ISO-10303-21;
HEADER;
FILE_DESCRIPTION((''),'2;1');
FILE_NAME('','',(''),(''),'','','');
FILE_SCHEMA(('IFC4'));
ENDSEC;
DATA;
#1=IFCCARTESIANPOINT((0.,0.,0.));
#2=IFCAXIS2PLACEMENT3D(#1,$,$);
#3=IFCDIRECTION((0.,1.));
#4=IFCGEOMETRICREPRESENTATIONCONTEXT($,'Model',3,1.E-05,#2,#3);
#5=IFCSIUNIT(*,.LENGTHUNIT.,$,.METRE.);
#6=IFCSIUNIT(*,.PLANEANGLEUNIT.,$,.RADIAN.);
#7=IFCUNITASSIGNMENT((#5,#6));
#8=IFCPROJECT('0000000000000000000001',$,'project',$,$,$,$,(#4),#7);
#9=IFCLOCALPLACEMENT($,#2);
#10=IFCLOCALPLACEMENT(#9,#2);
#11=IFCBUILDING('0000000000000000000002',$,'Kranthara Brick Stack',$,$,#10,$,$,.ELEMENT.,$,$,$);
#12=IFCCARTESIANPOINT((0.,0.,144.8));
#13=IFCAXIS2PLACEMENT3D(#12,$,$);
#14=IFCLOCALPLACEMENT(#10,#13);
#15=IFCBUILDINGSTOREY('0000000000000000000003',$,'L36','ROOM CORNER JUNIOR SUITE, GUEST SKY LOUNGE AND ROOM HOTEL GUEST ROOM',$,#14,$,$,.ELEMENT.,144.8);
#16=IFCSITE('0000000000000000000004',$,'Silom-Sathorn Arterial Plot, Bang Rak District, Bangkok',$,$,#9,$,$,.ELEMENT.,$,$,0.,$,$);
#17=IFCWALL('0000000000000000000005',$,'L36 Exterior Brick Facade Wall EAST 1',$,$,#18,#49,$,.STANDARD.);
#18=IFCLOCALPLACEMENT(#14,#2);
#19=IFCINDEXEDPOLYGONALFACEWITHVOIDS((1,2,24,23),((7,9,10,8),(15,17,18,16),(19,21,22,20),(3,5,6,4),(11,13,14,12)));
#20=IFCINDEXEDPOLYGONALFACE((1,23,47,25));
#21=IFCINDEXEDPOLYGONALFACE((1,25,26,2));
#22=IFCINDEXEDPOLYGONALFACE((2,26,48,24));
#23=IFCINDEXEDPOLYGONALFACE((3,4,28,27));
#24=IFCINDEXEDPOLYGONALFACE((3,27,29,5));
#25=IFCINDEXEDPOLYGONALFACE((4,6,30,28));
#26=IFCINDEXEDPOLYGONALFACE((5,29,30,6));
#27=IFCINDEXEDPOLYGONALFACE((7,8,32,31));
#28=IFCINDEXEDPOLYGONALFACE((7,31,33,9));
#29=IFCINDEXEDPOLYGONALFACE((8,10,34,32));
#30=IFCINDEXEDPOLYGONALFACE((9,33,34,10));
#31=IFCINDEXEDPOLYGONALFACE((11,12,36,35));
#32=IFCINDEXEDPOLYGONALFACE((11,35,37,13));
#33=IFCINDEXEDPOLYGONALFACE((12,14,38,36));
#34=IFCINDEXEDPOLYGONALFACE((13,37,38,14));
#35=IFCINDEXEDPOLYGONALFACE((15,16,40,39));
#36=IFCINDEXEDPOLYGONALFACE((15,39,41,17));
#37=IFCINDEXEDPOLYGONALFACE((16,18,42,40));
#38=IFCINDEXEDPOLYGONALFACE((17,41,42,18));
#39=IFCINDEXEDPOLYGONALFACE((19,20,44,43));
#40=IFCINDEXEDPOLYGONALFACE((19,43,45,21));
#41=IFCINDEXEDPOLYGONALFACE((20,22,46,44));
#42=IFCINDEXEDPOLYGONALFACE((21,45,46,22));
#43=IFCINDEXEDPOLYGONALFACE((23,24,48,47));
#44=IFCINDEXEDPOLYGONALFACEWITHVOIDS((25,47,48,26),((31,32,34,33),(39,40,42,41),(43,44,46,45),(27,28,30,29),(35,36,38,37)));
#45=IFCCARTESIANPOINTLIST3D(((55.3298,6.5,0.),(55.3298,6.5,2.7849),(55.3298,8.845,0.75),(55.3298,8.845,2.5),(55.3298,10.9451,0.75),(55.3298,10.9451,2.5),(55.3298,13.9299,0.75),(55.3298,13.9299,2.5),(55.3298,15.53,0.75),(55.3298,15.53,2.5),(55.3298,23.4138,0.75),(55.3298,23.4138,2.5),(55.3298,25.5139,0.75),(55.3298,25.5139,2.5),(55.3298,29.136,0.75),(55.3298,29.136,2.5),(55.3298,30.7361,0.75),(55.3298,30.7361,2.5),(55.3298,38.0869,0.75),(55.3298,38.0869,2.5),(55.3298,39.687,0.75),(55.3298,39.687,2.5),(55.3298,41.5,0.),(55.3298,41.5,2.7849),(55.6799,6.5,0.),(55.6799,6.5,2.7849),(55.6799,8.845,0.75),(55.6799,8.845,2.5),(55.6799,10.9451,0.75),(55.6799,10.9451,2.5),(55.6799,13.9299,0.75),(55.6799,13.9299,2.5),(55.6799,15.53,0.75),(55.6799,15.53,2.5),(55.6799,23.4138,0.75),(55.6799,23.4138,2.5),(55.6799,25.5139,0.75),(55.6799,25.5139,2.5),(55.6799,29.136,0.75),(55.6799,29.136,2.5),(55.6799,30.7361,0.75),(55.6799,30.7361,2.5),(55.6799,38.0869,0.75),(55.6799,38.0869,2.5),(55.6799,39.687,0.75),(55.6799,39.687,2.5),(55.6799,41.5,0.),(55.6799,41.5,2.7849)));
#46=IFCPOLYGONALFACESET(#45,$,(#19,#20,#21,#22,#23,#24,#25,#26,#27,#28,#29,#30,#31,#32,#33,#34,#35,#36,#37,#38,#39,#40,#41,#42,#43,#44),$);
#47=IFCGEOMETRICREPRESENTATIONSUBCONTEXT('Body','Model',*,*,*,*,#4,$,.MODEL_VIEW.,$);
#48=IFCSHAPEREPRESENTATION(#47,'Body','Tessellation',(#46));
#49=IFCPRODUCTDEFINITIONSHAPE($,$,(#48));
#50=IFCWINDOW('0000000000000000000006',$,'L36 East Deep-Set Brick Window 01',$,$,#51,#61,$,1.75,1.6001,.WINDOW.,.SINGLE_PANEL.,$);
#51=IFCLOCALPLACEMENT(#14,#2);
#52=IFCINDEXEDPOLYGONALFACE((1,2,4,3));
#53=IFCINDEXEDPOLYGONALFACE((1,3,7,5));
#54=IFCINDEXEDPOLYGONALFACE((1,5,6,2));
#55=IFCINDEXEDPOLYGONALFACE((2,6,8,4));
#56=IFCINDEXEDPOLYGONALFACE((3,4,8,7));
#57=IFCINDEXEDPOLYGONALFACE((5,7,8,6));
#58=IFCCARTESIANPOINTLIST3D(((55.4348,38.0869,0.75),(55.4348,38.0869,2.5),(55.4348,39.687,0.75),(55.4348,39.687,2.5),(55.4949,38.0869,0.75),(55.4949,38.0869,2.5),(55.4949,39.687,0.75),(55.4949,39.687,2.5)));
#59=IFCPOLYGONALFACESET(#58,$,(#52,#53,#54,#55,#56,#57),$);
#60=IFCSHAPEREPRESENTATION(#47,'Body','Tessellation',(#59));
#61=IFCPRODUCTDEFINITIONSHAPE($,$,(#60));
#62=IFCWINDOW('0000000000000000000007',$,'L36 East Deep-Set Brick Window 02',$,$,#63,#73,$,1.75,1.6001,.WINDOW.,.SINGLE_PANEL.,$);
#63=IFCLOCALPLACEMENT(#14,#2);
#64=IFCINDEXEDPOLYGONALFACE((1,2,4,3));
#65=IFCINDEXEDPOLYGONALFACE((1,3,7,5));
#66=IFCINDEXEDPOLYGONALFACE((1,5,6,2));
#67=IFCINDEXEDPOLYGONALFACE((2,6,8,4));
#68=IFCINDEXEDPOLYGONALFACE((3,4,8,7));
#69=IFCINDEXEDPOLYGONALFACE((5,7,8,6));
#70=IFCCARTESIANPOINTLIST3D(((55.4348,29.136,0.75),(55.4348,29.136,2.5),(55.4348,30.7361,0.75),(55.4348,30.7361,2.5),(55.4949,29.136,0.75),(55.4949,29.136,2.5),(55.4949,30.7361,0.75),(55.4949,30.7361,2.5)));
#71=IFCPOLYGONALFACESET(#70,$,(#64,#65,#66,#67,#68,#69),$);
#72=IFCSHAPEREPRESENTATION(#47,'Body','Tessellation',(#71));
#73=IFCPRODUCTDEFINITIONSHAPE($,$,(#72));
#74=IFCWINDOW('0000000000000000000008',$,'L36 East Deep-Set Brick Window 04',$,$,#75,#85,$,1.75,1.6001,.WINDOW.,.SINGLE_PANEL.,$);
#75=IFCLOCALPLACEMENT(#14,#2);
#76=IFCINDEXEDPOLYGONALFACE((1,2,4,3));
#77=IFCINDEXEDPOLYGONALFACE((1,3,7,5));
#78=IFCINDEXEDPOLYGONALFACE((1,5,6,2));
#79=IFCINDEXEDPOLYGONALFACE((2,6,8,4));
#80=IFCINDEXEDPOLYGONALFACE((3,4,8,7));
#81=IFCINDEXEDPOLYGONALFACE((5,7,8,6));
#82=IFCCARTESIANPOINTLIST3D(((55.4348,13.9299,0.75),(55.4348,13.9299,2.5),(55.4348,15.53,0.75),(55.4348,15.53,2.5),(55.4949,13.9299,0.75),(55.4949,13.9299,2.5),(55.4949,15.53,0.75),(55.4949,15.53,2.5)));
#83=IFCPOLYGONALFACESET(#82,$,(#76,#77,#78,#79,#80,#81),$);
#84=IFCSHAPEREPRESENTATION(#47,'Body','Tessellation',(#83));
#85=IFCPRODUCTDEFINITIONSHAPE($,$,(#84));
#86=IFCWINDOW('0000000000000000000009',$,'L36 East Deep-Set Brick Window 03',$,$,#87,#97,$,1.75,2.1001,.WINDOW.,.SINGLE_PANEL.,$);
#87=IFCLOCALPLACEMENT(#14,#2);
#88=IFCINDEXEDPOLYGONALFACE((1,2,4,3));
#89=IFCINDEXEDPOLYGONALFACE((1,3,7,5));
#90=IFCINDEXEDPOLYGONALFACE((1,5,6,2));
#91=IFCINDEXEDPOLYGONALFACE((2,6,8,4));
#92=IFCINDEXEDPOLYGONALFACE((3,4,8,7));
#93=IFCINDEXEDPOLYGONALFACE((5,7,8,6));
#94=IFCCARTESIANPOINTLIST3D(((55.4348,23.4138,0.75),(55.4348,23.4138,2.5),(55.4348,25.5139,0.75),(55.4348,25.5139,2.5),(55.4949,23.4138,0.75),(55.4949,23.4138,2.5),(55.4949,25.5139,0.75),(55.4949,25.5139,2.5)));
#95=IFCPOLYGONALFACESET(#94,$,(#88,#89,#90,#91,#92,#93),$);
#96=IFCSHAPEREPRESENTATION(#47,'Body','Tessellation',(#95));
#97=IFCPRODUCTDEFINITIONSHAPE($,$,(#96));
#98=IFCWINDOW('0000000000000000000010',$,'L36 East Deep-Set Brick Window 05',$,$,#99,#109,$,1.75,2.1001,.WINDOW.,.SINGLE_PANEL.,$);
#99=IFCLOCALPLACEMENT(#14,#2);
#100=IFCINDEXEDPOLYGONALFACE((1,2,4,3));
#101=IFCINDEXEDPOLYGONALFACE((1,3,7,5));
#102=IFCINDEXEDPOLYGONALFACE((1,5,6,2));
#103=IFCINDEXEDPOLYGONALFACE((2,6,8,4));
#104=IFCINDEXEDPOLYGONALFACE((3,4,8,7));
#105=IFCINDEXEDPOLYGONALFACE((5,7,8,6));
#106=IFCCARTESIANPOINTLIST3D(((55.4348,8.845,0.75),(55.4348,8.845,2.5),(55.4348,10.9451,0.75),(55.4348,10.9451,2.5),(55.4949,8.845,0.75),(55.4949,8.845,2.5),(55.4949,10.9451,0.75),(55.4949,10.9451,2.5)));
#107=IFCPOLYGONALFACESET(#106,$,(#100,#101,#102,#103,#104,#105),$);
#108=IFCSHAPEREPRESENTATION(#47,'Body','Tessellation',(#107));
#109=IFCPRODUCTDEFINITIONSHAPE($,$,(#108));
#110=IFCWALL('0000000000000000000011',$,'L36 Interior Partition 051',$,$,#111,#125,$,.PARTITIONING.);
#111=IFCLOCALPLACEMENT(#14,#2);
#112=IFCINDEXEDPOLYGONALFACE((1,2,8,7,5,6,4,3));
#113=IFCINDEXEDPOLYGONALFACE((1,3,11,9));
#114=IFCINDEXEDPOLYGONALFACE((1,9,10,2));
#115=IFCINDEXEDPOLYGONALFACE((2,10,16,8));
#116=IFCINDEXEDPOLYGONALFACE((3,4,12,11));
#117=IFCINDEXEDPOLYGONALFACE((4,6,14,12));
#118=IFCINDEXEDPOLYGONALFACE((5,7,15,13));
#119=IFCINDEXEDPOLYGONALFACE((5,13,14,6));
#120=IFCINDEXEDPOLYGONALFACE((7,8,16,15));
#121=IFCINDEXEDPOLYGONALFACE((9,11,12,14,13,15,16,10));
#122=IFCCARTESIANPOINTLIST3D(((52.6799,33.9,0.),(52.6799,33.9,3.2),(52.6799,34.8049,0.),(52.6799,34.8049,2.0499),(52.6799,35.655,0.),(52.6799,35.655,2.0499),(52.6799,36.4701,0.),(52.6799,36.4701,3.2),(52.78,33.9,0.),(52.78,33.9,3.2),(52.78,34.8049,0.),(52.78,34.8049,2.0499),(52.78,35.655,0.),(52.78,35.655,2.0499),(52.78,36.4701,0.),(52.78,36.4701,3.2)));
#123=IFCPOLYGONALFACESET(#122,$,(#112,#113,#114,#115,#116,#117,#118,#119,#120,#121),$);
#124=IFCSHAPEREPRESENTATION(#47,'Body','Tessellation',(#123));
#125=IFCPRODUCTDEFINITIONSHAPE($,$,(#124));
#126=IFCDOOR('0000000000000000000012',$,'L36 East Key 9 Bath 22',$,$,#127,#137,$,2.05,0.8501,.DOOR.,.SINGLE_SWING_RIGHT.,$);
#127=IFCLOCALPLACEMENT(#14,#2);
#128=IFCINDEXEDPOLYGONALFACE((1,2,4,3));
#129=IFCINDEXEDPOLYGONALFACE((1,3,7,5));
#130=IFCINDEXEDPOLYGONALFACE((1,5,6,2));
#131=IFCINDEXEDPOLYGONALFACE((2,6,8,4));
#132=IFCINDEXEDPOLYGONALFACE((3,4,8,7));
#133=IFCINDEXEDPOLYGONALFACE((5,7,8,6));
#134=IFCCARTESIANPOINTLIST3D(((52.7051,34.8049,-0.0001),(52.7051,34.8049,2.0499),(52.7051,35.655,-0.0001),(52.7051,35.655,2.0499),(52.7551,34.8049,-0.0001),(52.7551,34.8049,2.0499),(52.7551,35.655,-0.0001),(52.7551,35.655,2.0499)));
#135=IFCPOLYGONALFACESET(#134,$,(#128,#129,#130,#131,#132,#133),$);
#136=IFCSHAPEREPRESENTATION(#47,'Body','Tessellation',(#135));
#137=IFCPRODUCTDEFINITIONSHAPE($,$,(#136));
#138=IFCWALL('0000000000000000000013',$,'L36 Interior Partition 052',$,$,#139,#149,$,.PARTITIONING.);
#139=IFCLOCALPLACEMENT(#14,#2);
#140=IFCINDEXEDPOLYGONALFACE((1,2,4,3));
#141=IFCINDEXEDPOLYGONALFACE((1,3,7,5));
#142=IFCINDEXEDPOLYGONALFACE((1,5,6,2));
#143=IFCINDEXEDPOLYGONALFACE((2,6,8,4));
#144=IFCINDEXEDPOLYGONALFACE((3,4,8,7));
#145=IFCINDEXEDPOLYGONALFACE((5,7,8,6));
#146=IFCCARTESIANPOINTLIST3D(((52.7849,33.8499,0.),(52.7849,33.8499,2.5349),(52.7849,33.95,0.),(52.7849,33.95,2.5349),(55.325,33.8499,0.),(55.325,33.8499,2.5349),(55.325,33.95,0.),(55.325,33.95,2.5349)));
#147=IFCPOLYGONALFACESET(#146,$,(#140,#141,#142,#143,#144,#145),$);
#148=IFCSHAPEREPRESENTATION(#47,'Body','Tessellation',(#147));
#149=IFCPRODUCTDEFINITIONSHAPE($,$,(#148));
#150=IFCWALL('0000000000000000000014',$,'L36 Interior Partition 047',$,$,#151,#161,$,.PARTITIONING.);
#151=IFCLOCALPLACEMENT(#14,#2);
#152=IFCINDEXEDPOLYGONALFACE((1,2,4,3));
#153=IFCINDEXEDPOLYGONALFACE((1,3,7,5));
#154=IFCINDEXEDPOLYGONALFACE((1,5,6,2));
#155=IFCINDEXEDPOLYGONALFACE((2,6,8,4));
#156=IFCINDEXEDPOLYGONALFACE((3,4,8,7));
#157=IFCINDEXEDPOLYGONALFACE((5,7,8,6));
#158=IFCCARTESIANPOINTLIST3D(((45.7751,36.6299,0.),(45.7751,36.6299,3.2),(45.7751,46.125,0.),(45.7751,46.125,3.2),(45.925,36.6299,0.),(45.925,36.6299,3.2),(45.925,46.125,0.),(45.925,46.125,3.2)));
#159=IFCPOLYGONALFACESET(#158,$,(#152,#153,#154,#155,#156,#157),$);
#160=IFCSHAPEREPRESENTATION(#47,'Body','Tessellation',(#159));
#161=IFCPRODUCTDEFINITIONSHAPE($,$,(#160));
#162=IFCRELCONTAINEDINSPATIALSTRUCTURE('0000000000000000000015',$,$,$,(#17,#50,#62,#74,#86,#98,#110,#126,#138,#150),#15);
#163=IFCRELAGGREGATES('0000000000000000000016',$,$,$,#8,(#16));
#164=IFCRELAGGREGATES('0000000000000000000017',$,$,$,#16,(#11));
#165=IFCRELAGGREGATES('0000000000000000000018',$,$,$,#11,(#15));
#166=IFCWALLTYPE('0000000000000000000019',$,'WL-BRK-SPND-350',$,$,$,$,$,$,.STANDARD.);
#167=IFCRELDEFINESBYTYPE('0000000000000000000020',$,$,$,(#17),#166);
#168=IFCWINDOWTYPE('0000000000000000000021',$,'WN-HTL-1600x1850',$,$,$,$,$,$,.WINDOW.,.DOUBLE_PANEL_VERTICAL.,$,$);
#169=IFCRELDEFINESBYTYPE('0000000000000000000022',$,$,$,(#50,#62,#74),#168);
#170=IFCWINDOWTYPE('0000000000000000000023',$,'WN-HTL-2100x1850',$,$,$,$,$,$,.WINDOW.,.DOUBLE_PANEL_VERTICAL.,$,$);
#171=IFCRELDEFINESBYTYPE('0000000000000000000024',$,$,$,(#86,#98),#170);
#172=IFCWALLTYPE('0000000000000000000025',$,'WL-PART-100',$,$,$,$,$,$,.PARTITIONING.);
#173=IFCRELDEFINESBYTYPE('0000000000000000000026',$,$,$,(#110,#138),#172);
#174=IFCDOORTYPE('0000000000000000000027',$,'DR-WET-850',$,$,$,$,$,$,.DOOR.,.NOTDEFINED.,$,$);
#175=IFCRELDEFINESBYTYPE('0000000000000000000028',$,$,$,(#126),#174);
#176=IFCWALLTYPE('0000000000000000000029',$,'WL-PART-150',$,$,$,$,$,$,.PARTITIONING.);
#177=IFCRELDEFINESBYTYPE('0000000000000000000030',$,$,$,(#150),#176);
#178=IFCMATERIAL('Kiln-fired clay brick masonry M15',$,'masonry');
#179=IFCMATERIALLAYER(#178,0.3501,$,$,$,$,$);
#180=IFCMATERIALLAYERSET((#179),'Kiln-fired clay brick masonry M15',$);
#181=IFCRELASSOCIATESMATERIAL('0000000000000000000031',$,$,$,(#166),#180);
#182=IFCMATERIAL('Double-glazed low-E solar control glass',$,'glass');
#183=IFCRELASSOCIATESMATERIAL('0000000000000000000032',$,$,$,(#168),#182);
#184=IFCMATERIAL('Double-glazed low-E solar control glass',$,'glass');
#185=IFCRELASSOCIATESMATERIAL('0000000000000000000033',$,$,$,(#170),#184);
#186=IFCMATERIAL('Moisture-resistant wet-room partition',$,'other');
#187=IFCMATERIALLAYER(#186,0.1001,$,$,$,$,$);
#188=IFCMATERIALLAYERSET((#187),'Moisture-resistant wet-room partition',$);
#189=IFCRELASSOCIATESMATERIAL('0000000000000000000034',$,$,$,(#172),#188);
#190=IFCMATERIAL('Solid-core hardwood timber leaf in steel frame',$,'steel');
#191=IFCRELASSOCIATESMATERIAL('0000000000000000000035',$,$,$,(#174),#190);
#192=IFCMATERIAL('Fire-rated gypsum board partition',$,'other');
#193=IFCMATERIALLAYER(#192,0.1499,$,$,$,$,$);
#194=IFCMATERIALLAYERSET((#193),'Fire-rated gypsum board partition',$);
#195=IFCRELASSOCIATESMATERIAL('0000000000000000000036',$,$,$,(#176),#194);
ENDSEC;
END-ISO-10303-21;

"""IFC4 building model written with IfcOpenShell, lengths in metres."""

from ifc_helpers import new_model, si_unit, direction, frame, frame_2d, origin, place, context, subcontext, project, spatial, rectangle, extrude, material, layer, layer_set, type_object, element, fill, save


model = new_model("IFC4")

# Units and contexts
model_context = context("Model", 3, precision=1e-05, world=origin(), true_north=direction((0.0, 1.0)))
body_context = subcontext(model_context, "Body", "Model", "MODEL_VIEW")
ifc_project = project(units=[si_unit("LENGTHUNIT", "METRE"), si_unit("PLANEANGLEUNIT", "RADIAN")], contexts=[model_context])

# Site, building, storey
site_placement = place(None, origin())
site = spatial("IfcSite", under=ifc_project, at=site_placement, Name="Silom-Sathorn Arterial Plot, Bang Rak District, Bangkok", CompositionType="ELEMENT", RefElevation=0.0)
building_placement = place(site_placement, origin())
building = spatial("IfcBuilding", under=site, at=building_placement, Name="Kranthara Brick Stack", CompositionType="ELEMENT")
storey_placement = place(building_placement, frame((0.0, 0.0, 144.8)))
storey = spatial("IfcBuildingStorey", under=building, at=storey_placement, Name="L36", Description="ROOM CORNER JUNIOR SUITE, GUEST SKY LOUNGE AND ROOM HOTEL GUEST ROOM", CompositionType="ELEMENT", Elevation=144.8)

# Shared definitions
ifc_material_1 = material(Name="Kiln-fired clay brick masonry M15", Category="masonry")
ifc_layer_1 = layer(ifc_material_1, 0.3501)
ifc_layer_set_1 = layer_set([ifc_layer_1], Name="Kiln-fired clay brick masonry M15")
wall_type_1 = type_object("IfcWallType", Name="WL-BRK-SPND-350", PredefinedType="STANDARD", material=ifc_layer_set_1)

# Wall, openings, windows
wall_1_placement = place(storey_placement, frame((55.5049, 41.5, 0.0), z_axis=(0.0, 0.0, 1.0), x_axis=(0.0, -1.0, 0.0)))
wall_1 = element("IfcWall", 1, at=wall_1_placement, inside=storey, type_object=wall_type_1, Name="L36 Exterior Brick Facade Wall EAST 1", PredefinedType="STANDARD", context=body_context, shape_type="SweptSolid", body=[
    extrude(rectangle(XDim=35.0, YDim=0.3501, at=frame_2d((17.5, 0.0))), origin(), (0.0, 0.0, 1.0), 2.7849),
])
opening_1_placement = place(wall_1_placement, frame((1.813, 0.0, 0.75)))
opening_1 = element("IfcOpeningElement", 2, at=opening_1_placement, cuts=wall_1, PredefinedType="OPENING", context=body_context, shape_type="SweptSolid", body=[
    extrude(rectangle(XDim=1.6001, YDim=1.75, at=frame_2d((0.8, 0.875))), frame((0.0, 0.1851, 0.0), z_axis=(0.0, -1.0, 0.0), x_axis=(1.0, 0.0, 0.0)), (0.0, 0.0, 1.0), 0.3701),
])
opening_2_placement = place(wall_1_placement, frame((10.7639, 0.0, 0.75)))
opening_2 = element("IfcOpeningElement", 3, at=opening_2_placement, cuts=wall_1, PredefinedType="OPENING", context=body_context, shape_type="SweptSolid", body=[
    extrude(rectangle(XDim=1.6001, YDim=1.75, at=frame_2d((0.8, 0.875))), frame((0.0, 0.1851, 0.0), z_axis=(0.0, -1.0, 0.0), x_axis=(1.0, 0.0, 0.0)), (0.0, 0.0, 1.0), 0.3701),
])
opening_3_placement = place(wall_1_placement, frame((15.9861, 0.0, 0.75)))
opening_3 = element("IfcOpeningElement", 4, at=opening_3_placement, cuts=wall_1, PredefinedType="OPENING", context=body_context, shape_type="SweptSolid", body=[
    extrude(rectangle(XDim=2.1001, YDim=1.75, at=frame_2d((1.05, 0.875))), frame((0.0, 0.1851, 0.0), z_axis=(0.0, -1.0, 0.0), x_axis=(1.0, 0.0, 0.0)), (0.0, 0.0, 1.0), 0.3701),
])
opening_4_placement = place(wall_1_placement, frame((25.97, 0.0, 0.75)))
opening_4 = element("IfcOpeningElement", 5, at=opening_4_placement, cuts=wall_1, PredefinedType="OPENING", context=body_context, shape_type="SweptSolid", body=[
    extrude(rectangle(XDim=1.6001, YDim=1.75, at=frame_2d((0.8, 0.875))), frame((0.0, 0.1851, 0.0), z_axis=(0.0, -1.0, 0.0), x_axis=(1.0, 0.0, 0.0)), (0.0, 0.0, 1.0), 0.3701),
])
opening_5_placement = place(wall_1_placement, frame((30.5549, 0.0, 0.75)))
opening_5 = element("IfcOpeningElement", 6, at=opening_5_placement, cuts=wall_1, PredefinedType="OPENING", context=body_context, shape_type="SweptSolid", body=[
    extrude(rectangle(XDim=2.1001, YDim=1.75, at=frame_2d((1.05, 0.875))), frame((0.0, 0.1851, 0.0), z_axis=(0.0, -1.0, 0.0), x_axis=(1.0, 0.0, 0.0)), (0.0, 0.0, 1.0), 0.3701),
])
ifc_material_2 = material(Name="Double-glazed low-E solar control glass", Category="glass")
window_type_1 = type_object("IfcWindowType", Name="WN-HTL-1600x1850", PartitioningType="DOUBLE_PANEL_VERTICAL", PredefinedType="WINDOW", material=ifc_material_2)
window_1_placement = place(opening_1_placement, origin())
window_1 = element("IfcWindow", 7, at=window_1_placement, inside=storey, type_object=window_type_1, Name="L36 East Deep-Set Brick Window 01", OverallHeight=1.75, OverallWidth=1.6001, PartitioningType="SINGLE_PANEL", PredefinedType="WINDOW", context=body_context, shape_type="SweptSolid", body=[
    extrude(rectangle(XDim=1.6001, YDim=1.75, at=frame_2d((0.8, 0.875))), frame((0.0, -0.01, 0.0), z_axis=(0.0, -1.0, 0.0), x_axis=(1.0, 0.0, 0.0)), (0.0, 0.0, 1.0), 0.0601),
])
fill(opening_1, window_1)
window_2_placement = place(opening_2_placement, origin())
window_2 = element("IfcWindow", 8, at=window_2_placement, inside=storey, type_object=window_type_1, Name="L36 East Deep-Set Brick Window 02", OverallHeight=1.75, OverallWidth=1.6001, PartitioningType="SINGLE_PANEL", PredefinedType="WINDOW", context=body_context, shape_type="SweptSolid", body=[
    extrude(rectangle(XDim=1.6001, YDim=1.75, at=frame_2d((0.8, 0.875))), frame((0.0, -0.01, 0.0), z_axis=(0.0, -1.0, 0.0), x_axis=(1.0, 0.0, 0.0)), (0.0, 0.0, 1.0), 0.0601),
])
fill(opening_2, window_2)
window_3_placement = place(opening_4_placement, origin())
window_3 = element("IfcWindow", 9, at=window_3_placement, inside=storey, type_object=window_type_1, Name="L36 East Deep-Set Brick Window 04", OverallHeight=1.75, OverallWidth=1.6001, PartitioningType="SINGLE_PANEL", PredefinedType="WINDOW", context=body_context, shape_type="SweptSolid", body=[
    extrude(rectangle(XDim=1.6001, YDim=1.75, at=frame_2d((0.8, 0.875))), frame((0.0, -0.01, 0.0), z_axis=(0.0, -1.0, 0.0), x_axis=(1.0, 0.0, 0.0)), (0.0, 0.0, 1.0), 0.0601),
])
fill(opening_4, window_3)
ifc_material_3 = material(Name="Double-glazed low-E solar control glass", Category="glass")
window_type_2 = type_object("IfcWindowType", Name="WN-HTL-2100x1850", PartitioningType="DOUBLE_PANEL_VERTICAL", PredefinedType="WINDOW", material=ifc_material_3)
window_4_placement = place(opening_3_placement, origin())
window_4 = element("IfcWindow", 10, at=window_4_placement, inside=storey, type_object=window_type_2, Name="L36 East Deep-Set Brick Window 03", OverallHeight=1.75, OverallWidth=2.1001, PartitioningType="SINGLE_PANEL", PredefinedType="WINDOW", context=body_context, shape_type="SweptSolid", body=[
    extrude(rectangle(XDim=2.1001, YDim=1.75, at=frame_2d((1.05, 0.875))), frame((0.0, -0.01, 0.0), z_axis=(0.0, -1.0, 0.0), x_axis=(1.0, 0.0, 0.0)), (0.0, 0.0, 1.0), 0.0601),
])
fill(opening_3, window_4)
window_5_placement = place(opening_5_placement, origin())
window_5 = element("IfcWindow", 11, at=window_5_placement, inside=storey, type_object=window_type_2, Name="L36 East Deep-Set Brick Window 05", OverallHeight=1.75, OverallWidth=2.1001, PartitioningType="SINGLE_PANEL", PredefinedType="WINDOW", context=body_context, shape_type="SweptSolid", body=[
    extrude(rectangle(XDim=2.1001, YDim=1.75, at=frame_2d((1.05, 0.875))), frame((0.0, -0.01, 0.0), z_axis=(0.0, -1.0, 0.0), x_axis=(1.0, 0.0, 0.0)), (0.0, 0.0, 1.0), 0.0601),
])
fill(opening_5, window_5)

# Wall, opening, door
ifc_material_4 = material(Name="Moisture-resistant wet-room partition", Category="other")
ifc_layer_2 = layer(ifc_material_4, 0.1001)
ifc_layer_set_2 = layer_set([ifc_layer_2], Name="Moisture-resistant wet-room partition")
wall_type_2 = type_object("IfcWallType", Name="WL-PART-100", PredefinedType="PARTITIONING", material=ifc_layer_set_2)
wall_2_placement = place(storey_placement, frame((52.73, 33.8999, 0.0), z_axis=(0.0, 0.0, 1.0), x_axis=(0.0, 1.0, 0.0)))
wall_2 = element("IfcWall", 12, at=wall_2_placement, inside=storey, type_object=wall_type_2, Name="L36 Interior Partition 051", PredefinedType="PARTITIONING", context=body_context, shape_type="SweptSolid", body=[
    extrude(rectangle(XDim=2.5701, YDim=0.1001, at=frame_2d((1.2852, 0.0))), origin(), (0.0, 0.0, 1.0), 3.2),
])
opening_6_placement = place(wall_2_placement, frame((0.905, 0.0, 0.0)))
opening_6 = element("IfcOpeningElement", 13, at=opening_6_placement, cuts=wall_2, PredefinedType="OPENING", context=body_context, shape_type="SweptSolid", body=[
    extrude(rectangle(XDim=0.8501, YDim=2.05, at=frame_2d((0.425, 1.0249))), frame((0.0, 0.0601, 0.0), z_axis=(0.0, -1.0, 0.0), x_axis=(1.0, 0.0, 0.0)), (0.0, 0.0, 1.0), 0.1201),
])
ifc_material_5 = material(Name="Solid-core hardwood timber leaf in steel frame", Category="steel")
door_type = type_object("IfcDoorType", Name="DR-WET-850", OperationType="NOTDEFINED", PredefinedType="DOOR", material=ifc_material_5)
door_placement = place(opening_6_placement, origin())
door = element("IfcDoor", 14, at=door_placement, inside=storey, type_object=door_type, Name="L36 East Key 9 Bath 22", OperationType="SINGLE_SWING_RIGHT", OverallHeight=2.05, OverallWidth=0.8501, PredefinedType="DOOR", context=body_context, shape_type="SweptSolid", body=[
    extrude(rectangle(XDim=0.8501, YDim=2.05, at=frame_2d((0.425, 1.0249))), frame((0.0, 0.0249, 0.0), z_axis=(0.0, -1.0, 0.0), x_axis=(1.0, 0.0, 0.0)), (0.0, 0.0, 1.0), 0.05),
])
fill(opening_6, door)

# Walls
wall_3_placement = place(storey_placement, frame((52.7849, 33.8999, 0.0), z_axis=(0.0, 0.0, 1.0), x_axis=(1.0, 0.0, 0.0)))
element("IfcWall", 15, at=wall_3_placement, inside=storey, type_object=wall_type_2, Name="L36 Interior Partition 052", PredefinedType="PARTITIONING", context=body_context, shape_type="SweptSolid", body=[
    extrude(rectangle(XDim=2.54, YDim=0.1001, at=frame_2d((1.27, 0.0))), origin(), (0.0, 0.0, 1.0), 2.5349),
])
ifc_material_6 = material(Name="Fire-rated gypsum board partition", Category="other")
ifc_layer_3 = layer(ifc_material_6, 0.1499)
ifc_layer_set_3 = layer_set([ifc_layer_3], Name="Fire-rated gypsum board partition")
wall_type_3 = type_object("IfcWallType", Name="WL-PART-150", PredefinedType="PARTITIONING", material=ifc_layer_set_3)
wall_4_placement = place(storey_placement, frame((45.8501, 36.6299, 0.0), z_axis=(0.0, 0.0, 1.0), x_axis=(0.0, 1.0, 0.0)))
element("IfcWall", 16, at=wall_4_placement, inside=storey, type_object=wall_type_3, Name="L36 Interior Partition 047", PredefinedType="PARTITIONING", context=body_context, shape_type="SweptSolid", body=[
    extrude(rectangle(XDim=9.4951, YDim=0.1499, at=frame_2d((4.7476, 0.0))), origin(), (0.0, 0.0, 1.0), 3.2),
])

save(model, "model.ifc")
